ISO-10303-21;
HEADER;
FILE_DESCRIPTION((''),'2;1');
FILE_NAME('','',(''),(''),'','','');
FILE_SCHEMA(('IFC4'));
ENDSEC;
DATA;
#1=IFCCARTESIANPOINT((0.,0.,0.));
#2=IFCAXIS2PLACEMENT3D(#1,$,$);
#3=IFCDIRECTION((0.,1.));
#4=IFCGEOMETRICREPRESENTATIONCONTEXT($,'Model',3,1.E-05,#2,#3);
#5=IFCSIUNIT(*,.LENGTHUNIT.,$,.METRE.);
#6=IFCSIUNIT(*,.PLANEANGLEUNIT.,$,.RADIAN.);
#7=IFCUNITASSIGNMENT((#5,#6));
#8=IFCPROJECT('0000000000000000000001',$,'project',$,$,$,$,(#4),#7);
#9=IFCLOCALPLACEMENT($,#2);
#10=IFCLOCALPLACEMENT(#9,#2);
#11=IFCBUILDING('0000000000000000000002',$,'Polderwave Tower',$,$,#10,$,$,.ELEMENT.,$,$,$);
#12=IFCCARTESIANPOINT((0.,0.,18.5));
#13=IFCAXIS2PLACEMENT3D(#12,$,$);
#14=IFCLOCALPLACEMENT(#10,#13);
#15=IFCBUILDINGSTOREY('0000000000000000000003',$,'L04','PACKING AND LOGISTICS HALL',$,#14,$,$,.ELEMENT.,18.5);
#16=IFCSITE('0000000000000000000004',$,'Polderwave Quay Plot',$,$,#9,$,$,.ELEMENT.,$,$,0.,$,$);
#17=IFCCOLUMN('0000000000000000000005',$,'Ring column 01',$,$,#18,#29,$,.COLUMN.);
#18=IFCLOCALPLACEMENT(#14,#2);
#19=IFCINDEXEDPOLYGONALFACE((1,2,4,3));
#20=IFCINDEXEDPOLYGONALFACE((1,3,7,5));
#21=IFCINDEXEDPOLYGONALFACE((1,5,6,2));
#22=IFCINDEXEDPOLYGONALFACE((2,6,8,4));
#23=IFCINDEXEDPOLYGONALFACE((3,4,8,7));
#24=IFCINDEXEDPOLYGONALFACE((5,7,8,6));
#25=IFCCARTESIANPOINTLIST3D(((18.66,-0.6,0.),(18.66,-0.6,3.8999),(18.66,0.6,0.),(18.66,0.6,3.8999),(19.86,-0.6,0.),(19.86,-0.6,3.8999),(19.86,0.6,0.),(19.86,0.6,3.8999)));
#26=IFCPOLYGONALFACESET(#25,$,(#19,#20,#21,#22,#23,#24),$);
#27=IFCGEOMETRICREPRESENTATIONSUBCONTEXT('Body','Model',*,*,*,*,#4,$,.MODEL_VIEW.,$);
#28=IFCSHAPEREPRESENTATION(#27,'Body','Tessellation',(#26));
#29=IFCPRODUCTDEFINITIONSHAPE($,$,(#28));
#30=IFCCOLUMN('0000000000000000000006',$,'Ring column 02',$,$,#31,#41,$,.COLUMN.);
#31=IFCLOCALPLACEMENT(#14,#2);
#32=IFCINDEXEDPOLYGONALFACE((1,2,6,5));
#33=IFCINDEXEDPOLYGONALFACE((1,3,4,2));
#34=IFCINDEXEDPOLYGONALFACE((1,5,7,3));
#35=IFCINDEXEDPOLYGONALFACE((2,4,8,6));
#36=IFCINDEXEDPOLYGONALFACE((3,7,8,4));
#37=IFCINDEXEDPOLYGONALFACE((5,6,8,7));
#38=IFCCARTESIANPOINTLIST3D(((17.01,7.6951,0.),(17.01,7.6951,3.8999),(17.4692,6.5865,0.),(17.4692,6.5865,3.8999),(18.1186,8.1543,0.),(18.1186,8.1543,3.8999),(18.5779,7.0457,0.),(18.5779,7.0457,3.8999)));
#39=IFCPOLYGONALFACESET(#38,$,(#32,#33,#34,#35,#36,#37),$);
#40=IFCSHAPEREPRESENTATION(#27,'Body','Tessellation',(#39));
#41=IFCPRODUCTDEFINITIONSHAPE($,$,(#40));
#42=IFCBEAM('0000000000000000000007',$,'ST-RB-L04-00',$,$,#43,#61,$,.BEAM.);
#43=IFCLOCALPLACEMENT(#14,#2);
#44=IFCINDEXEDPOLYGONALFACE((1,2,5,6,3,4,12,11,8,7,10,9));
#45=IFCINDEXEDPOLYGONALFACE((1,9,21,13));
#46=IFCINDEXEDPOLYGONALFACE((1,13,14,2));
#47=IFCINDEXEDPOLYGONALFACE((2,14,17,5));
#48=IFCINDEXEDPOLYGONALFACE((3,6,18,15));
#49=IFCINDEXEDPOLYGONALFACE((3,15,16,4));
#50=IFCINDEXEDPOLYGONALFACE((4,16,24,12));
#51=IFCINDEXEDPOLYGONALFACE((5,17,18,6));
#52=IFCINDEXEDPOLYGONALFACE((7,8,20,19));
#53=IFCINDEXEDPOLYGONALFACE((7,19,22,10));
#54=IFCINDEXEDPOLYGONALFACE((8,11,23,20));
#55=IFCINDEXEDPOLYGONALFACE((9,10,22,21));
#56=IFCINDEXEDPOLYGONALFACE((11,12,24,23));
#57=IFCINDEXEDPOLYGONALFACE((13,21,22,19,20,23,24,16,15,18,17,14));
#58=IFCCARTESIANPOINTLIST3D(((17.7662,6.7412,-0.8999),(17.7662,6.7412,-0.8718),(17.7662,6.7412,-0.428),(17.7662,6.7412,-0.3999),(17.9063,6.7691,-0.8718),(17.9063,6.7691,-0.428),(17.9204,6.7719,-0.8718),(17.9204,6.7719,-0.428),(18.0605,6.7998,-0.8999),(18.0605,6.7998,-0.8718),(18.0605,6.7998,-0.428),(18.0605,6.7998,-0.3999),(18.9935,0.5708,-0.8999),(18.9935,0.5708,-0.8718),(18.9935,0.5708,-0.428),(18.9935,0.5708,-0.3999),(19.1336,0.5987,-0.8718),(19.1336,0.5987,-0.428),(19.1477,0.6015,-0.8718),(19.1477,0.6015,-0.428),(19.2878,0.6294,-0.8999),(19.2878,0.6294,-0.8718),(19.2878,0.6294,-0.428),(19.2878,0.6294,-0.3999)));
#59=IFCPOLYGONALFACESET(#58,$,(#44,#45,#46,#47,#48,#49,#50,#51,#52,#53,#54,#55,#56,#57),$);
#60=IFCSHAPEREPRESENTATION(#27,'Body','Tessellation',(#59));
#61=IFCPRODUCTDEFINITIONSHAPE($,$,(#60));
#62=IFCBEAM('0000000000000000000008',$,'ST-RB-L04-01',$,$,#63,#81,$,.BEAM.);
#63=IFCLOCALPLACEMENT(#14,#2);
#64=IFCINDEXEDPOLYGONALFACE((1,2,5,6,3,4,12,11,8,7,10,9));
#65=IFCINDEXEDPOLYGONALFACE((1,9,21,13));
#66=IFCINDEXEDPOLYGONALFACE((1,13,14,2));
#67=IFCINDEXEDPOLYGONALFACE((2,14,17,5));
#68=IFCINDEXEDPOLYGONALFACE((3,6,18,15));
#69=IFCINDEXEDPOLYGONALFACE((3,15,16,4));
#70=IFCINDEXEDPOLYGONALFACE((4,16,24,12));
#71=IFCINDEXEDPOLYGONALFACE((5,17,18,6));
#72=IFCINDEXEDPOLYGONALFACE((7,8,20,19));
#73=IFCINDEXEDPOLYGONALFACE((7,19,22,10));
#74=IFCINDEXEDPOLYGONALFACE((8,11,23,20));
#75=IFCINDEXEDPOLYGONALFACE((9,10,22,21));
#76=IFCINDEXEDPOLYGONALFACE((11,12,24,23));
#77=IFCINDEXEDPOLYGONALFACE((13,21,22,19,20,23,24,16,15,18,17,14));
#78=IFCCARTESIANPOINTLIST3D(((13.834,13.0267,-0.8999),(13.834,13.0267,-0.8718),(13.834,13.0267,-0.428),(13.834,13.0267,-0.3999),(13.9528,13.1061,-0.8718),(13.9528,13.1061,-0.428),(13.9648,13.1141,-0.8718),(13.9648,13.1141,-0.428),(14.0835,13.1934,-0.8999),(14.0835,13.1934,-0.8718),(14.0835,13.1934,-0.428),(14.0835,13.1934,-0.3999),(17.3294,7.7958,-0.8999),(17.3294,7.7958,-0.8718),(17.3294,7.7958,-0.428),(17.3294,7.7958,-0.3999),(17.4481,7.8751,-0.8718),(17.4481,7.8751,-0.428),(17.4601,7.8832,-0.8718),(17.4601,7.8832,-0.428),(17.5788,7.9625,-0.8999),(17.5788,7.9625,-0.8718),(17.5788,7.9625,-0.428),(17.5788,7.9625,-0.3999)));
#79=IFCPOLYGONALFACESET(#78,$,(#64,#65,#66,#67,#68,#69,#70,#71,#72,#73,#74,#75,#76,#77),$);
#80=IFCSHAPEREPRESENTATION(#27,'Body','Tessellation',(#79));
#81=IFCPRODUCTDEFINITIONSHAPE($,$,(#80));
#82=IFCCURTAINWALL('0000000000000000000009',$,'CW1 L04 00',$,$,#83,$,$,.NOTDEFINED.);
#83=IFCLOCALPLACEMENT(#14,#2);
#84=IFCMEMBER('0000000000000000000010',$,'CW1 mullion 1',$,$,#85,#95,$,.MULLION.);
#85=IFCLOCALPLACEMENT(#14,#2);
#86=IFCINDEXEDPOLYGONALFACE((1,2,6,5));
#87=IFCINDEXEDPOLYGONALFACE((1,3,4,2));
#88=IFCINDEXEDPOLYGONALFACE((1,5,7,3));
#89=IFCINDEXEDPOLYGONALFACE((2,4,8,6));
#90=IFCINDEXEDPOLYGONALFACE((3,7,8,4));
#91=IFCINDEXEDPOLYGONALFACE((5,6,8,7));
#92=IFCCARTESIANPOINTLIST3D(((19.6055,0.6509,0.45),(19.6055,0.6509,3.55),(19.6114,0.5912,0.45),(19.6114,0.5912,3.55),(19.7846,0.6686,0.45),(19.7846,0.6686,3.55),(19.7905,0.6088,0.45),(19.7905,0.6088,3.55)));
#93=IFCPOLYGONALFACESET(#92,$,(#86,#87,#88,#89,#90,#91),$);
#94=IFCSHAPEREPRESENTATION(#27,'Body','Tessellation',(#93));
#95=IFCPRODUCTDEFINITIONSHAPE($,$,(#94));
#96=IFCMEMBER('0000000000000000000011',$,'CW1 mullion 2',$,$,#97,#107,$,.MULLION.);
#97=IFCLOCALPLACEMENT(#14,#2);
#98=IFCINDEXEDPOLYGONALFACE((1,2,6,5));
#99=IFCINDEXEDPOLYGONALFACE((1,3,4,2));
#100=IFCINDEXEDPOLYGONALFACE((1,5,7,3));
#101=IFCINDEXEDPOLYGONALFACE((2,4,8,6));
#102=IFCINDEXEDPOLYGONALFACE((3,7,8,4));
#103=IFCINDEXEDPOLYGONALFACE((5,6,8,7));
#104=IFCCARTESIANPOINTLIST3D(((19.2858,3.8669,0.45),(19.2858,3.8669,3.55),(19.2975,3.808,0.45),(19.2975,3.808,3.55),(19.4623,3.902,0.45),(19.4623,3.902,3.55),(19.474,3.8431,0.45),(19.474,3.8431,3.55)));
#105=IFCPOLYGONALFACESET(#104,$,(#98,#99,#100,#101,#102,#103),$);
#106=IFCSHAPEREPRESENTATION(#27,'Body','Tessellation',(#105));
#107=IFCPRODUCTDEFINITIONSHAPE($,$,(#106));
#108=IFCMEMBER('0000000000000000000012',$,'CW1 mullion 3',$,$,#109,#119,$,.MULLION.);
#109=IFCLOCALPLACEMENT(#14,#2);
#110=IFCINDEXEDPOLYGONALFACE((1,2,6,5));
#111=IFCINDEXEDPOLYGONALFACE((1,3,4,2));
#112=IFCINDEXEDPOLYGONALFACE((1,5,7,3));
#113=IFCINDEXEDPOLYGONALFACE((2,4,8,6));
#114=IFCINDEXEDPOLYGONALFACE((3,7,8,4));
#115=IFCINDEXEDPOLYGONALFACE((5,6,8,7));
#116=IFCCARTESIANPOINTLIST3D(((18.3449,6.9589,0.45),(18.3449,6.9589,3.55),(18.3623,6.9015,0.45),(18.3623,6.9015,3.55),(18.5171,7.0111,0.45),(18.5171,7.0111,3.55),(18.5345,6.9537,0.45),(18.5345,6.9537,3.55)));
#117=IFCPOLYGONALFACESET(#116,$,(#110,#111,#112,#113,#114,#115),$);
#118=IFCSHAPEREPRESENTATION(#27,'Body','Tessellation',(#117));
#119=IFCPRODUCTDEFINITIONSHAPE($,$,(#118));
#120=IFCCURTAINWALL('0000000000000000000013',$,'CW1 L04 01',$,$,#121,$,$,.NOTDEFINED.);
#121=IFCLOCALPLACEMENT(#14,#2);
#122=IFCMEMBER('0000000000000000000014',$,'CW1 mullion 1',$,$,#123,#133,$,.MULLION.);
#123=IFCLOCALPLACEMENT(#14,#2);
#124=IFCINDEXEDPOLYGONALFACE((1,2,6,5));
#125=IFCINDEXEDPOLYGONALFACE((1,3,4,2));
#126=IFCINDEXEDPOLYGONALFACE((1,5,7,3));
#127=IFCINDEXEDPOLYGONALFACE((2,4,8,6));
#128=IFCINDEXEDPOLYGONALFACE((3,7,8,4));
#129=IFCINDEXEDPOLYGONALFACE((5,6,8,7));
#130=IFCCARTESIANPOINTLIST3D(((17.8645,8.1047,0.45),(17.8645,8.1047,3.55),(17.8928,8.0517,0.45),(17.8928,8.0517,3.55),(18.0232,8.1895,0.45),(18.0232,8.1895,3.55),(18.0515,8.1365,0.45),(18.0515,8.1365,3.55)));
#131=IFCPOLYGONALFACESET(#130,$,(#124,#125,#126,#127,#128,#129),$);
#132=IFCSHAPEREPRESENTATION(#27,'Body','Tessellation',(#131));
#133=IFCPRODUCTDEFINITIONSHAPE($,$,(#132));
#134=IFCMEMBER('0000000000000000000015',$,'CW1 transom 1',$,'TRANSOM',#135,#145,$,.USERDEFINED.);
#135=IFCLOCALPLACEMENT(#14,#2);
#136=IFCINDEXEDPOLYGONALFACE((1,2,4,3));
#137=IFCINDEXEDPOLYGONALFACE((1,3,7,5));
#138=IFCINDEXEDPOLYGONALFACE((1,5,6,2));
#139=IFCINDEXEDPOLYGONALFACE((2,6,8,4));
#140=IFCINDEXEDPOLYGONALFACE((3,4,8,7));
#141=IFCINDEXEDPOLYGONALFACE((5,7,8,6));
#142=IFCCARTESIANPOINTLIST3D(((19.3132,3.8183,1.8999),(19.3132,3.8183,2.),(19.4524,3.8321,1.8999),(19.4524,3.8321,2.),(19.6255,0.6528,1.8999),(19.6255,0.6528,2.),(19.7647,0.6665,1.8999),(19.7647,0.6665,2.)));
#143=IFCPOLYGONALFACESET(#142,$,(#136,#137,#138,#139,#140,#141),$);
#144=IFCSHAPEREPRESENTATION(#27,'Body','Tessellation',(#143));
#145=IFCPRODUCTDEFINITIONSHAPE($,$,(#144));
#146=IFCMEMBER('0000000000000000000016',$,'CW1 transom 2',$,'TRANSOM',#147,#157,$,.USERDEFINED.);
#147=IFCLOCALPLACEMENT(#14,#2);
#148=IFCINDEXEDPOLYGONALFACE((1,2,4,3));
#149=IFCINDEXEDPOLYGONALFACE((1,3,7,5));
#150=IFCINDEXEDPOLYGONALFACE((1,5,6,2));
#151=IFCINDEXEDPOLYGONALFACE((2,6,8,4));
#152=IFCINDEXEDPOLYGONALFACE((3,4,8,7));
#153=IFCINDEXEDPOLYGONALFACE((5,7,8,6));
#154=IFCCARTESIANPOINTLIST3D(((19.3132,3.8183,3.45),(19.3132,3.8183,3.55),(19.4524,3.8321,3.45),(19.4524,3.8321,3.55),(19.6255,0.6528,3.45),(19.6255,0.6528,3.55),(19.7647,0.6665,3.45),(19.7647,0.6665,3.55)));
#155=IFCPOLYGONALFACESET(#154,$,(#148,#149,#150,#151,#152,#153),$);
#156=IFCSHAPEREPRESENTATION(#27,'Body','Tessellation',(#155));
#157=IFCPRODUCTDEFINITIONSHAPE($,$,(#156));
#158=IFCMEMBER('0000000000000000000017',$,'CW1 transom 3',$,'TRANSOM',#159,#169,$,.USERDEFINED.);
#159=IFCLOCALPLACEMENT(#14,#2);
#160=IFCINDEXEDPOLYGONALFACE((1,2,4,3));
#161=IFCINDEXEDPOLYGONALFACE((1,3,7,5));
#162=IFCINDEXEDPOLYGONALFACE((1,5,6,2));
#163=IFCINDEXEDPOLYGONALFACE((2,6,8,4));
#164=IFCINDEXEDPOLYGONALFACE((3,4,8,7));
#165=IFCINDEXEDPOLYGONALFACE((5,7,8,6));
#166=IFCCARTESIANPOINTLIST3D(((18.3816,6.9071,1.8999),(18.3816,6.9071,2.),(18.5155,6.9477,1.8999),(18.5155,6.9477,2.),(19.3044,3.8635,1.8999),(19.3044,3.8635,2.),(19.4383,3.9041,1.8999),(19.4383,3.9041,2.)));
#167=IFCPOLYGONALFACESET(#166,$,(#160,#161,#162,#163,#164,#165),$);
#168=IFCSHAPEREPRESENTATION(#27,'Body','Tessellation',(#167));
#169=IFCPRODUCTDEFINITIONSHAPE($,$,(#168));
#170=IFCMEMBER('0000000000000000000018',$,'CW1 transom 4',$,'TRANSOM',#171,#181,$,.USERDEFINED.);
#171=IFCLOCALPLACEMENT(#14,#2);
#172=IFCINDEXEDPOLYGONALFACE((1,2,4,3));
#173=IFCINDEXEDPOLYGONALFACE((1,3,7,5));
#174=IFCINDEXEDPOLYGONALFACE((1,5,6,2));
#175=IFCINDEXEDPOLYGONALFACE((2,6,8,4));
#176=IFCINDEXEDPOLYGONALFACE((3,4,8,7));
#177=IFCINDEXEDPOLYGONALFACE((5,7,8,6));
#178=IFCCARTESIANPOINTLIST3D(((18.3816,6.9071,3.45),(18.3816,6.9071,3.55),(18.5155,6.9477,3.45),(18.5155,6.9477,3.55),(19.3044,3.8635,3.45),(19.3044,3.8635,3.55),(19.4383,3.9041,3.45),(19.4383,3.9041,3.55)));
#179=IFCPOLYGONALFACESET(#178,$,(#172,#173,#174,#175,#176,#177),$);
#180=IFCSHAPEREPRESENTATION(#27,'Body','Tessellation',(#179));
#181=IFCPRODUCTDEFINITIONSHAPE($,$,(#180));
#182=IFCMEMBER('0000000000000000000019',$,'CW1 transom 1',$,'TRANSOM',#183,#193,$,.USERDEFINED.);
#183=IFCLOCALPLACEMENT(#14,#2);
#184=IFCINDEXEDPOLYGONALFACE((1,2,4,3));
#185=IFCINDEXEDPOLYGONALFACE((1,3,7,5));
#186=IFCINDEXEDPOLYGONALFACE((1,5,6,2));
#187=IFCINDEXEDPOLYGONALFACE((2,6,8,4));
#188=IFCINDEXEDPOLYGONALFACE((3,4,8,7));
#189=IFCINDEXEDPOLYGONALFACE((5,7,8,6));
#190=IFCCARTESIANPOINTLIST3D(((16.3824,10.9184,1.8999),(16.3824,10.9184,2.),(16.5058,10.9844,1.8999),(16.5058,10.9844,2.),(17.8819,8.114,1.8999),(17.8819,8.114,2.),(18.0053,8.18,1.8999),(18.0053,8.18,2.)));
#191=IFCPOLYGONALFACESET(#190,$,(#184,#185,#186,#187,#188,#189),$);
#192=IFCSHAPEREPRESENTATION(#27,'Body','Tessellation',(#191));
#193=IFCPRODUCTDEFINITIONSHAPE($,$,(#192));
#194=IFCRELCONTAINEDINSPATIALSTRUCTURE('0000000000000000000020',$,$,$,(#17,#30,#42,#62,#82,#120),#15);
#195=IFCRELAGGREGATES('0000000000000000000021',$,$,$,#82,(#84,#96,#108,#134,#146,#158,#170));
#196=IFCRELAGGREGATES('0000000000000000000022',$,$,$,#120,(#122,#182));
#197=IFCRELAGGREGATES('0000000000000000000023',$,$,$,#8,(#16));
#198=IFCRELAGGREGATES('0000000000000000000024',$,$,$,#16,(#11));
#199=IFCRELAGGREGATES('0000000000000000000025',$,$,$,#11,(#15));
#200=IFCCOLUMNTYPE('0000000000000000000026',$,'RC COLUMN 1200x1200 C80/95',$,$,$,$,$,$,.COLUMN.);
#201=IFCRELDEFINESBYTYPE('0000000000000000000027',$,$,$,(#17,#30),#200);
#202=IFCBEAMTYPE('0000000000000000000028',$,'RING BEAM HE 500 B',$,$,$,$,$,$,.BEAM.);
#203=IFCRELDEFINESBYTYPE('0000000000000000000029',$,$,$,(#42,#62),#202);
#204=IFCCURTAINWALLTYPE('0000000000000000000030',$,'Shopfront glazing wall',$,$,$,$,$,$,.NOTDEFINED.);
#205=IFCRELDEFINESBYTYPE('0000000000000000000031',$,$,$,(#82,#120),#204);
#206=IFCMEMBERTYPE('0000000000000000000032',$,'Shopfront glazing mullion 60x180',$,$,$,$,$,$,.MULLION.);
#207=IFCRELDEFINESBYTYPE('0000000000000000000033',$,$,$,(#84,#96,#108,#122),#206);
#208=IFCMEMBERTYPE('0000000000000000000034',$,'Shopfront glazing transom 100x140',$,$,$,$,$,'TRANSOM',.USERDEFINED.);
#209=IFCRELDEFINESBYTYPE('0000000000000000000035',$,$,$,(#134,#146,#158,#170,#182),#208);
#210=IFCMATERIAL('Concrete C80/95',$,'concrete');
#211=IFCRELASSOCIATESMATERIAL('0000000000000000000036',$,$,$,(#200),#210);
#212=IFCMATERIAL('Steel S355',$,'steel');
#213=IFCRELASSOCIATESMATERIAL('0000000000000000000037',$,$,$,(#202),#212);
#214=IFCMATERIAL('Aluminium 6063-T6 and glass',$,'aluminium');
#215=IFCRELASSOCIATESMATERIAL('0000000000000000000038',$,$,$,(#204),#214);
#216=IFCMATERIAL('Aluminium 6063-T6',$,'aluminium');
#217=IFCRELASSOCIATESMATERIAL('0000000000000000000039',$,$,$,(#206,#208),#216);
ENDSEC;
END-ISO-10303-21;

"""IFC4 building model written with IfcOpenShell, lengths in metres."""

from ifc_helpers import new_model, si_unit, direction, frame, origin, origin_2d, place, context, subcontext, project, spatial, rectangle, i_section, extrude, material, material_profile, profile_set, type_object, element, aggregate, save


model = new_model("IFC4")

# Units and contexts
model_context = context("Model", 3, precision=1e-05, world=origin(), true_north=direction((0.0, 1.0)))
body_context = subcontext(model_context, "Body", "Model", "MODEL_VIEW")
ifc_project = project(units=[si_unit("LENGTHUNIT", "METRE"), si_unit("PLANEANGLEUNIT", "RADIAN")], contexts=[model_context])

# Site, building, storey
site_placement = place(None, origin())
site = spatial("IfcSite", under=ifc_project, at=site_placement, Name="Polderwave Quay Plot", CompositionType="ELEMENT", RefElevation=0.0)
building_placement = place(site_placement, origin())
building = spatial("IfcBuilding", under=site, at=building_placement, Name="Polderwave Tower", CompositionType="ELEMENT")
storey_placement = place(building_placement, frame((0.0, 0.0, 18.5)))
storey = spatial("IfcBuildingStorey", under=building, at=storey_placement, Name="L04", Description="PACKING AND LOGISTICS HALL", CompositionType="ELEMENT", Elevation=18.5)

# Columns
ifc_material_1 = material(Name="Concrete C80/95", Category="concrete")
ifc_material_profile_1 = material_profile(ifc_material_1, rectangle(XDim=1.2, YDim=1.2, at=origin_2d()), Name="RC 1200x1200")
ifc_profile_set_1 = profile_set([ifc_material_profile_1], Name="Concrete C80/95")
column_type = type_object("IfcColumnType", Name="RC COLUMN 1200x1200 C80/95", PredefinedType="COLUMN", material=ifc_profile_set_1)
for number, where, z_axis, x_axis, name in (
    (1, (19.26, 0.0, 0.0), (0.0, 0.0, 1.0), (1.0, 0.0, 0.0), "Ring column 01"),
    (2, (17.7939, 7.3704, 0.0), (0.0, 0.0, 1.0), (0.92388, 0.382683, 0.0), "Ring column 02"),
):
    element("IfcColumn", number, at=place(storey_placement, frame(where, z_axis=z_axis, x_axis=x_axis)), inside=storey, type_object=column_type, Name=name, PredefinedType="COLUMN", context=body_context, shape_type="SweptSolid", body=[
        extrude(rectangle(XDim=1.2, YDim=1.2, at=origin_2d()), origin(), (0.0, 0.0, 1.0), 3.8999),
    ])

# Beams
ifc_material_2 = material(Name="Steel S355", Category="steel")
ifc_material_profile_2 = material_profile(ifc_material_2, i_section(OverallWidth=0.3, OverallDepth=0.5, WebThickness=0.0144, FlangeThickness=0.0281, at=origin_2d()), Name="HE 500 B")
ifc_profile_set_2 = profile_set([ifc_material_profile_2], Name="Steel S355")
beam_type = type_object("IfcBeamType", Name="RING BEAM HE 500 B", PredefinedType="BEAM", material=ifc_profile_set_2)
for number, where, z_axis, x_axis, name in (
    (3, (19.1406, 0.6001, -0.6499), (-0.195079, 0.980788, 0.0), (-0.980788, -0.195079, 0.0), "ST-RB-L04-00"),
    (4, (17.4541, 7.8792, -0.6499), (-0.555586, 0.831459, 0.0), (-0.831459, -0.555586, 0.0), "ST-RB-L04-01"),
):
    element("IfcBeam", number, at=place(storey_placement, frame(where, z_axis=z_axis, x_axis=x_axis)), inside=storey, type_object=beam_type, Name=name, PredefinedType="BEAM", context=body_context, shape_type="SweptSolid", body=[
        extrude(i_section(OverallWidth=0.3, OverallDepth=0.5, WebThickness=0.0144, FlangeThickness=0.0281, at=origin_2d()), origin(), (0.0, 0.0, 1.0), 6.2913),
    ])

# Curtain wall, members
ifc_material_3 = material(Name="Aluminium 6063-T6 and glass", Category="aluminium")
curtain_wall_type = type_object("IfcCurtainWallType", Name="Shopfront glazing wall", PredefinedType="NOTDEFINED", material=ifc_material_3)
curtain_wall_1_placement = place(storey_placement, origin())
curtain_wall_1 = element("IfcCurtainWall", 5, at=curtain_wall_1_placement, inside=storey, type_object=curtain_wall_type, Name="CW1 L04 00", PredefinedType="NOTDEFINED")
ifc_material_4 = material(Name="Aluminium 6063-T6", Category="aluminium")
ifc_material_profile_3 = material_profile(ifc_material_4, rectangle(XDim=0.1799, YDim=0.0601, at=origin_2d()), Name="AL 60x180")
ifc_profile_set_3 = profile_set([ifc_material_profile_3], Name="Aluminium 6063-T6")
member_type_1 = type_object("IfcMemberType", Name="Shopfront glazing mullion 60x180", PredefinedType="MULLION", material=ifc_profile_set_3)
member_1_placement = place(storey_placement, frame((19.698, 0.6299, 0.45), z_axis=(0.0, 0.0, 1.0), x_axis=(-0.995172, -0.098142, 0.0)))
member_1 = element("IfcMember", 6, at=member_1_placement, type_object=member_type_1, Name="CW1 mullion 1", PredefinedType="MULLION", context=body_context, shape_type="SweptSolid", body=[
    extrude(rectangle(XDim=0.1799, YDim=0.0601, at=origin_2d()), origin(), (0.0, 0.0, 1.0), 3.1001),
])
member_2_placement = place(storey_placement, frame((19.3799, 3.855, 0.45), z_axis=(0.0, 0.0, 1.0), x_axis=(-0.980787, -0.195083, 0.0)))
member_2 = element("IfcMember", 7, at=member_2_placement, type_object=member_type_1, Name="CW1 mullion 2", PredefinedType="MULLION", context=body_context, shape_type="SweptSolid", body=[
    extrude(rectangle(XDim=0.1799, YDim=0.0601, at=origin_2d()), origin(), (0.0, 0.0, 1.0), 3.1001),
])
member_3_placement = place(storey_placement, frame((18.4397, 6.9563, 0.45), z_axis=(0.0, 0.0, 1.0), x_axis=(-0.956981, -0.290151, 0.0)))
member_3 = element("IfcMember", 8, at=member_3_placement, type_object=member_type_1, Name="CW1 mullion 3", PredefinedType="MULLION", context=body_context, shape_type="SweptSolid", body=[
    extrude(rectangle(XDim=0.1799, YDim=0.0601, at=origin_2d()), origin(), (0.0, 0.0, 1.0), 3.1001),
])

# Curtain wall, member
curtain_wall_2_placement = place(storey_placement, origin())
curtain_wall_2 = element("IfcCurtainWall", 9, at=curtain_wall_2_placement, inside=storey, type_object=curtain_wall_type, Name="CW1 L04 01", PredefinedType="NOTDEFINED")
member_4_placement = place(storey_placement, frame((17.958, 8.1206, 0.45), z_axis=(0.0, 0.0, 1.0), x_axis=(-0.881861, -0.471509, 0.0)))
member_4 = element("IfcMember", 10, at=member_4_placement, type_object=member_type_1, Name="CW1 mullion 1", PredefinedType="MULLION", context=body_context, shape_type="SweptSolid", body=[
    extrude(rectangle(XDim=0.1799, YDim=0.0601, at=origin_2d()), origin(), (0.0, 0.0, 1.0), 3.1001),
])

# Members
ifc_material_profile_4 = material_profile(ifc_material_4, rectangle(XDim=0.1399, YDim=0.1001, at=origin_2d()), Name="AL 100x140")
ifc_profile_set_4 = profile_set([ifc_material_profile_4], Name="Aluminium 6063-T6")
member_type_2 = type_object("IfcMemberType", Name="Shopfront glazing transom 100x140", ElementType="TRANSOM", PredefinedType="USERDEFINED", material=ifc_profile_set_4)
member_5_placement = place(storey_placement, frame((19.6951, 0.6597, 1.95), z_axis=(-0.098166, 0.99517, 0.0), x_axis=(-0.99517, -0.098166, 0.0)))
member_5 = element("IfcMember", 11, at=member_5_placement, type_object=member_type_2, Name="CW1 transom 1", ObjectType="TRANSOM", PredefinedType="USERDEFINED", context=body_context, shape_type="SweptSolid", body=[
    extrude(rectangle(XDim=0.1399, YDim=0.1001, at=origin_2d()), origin(), (0.0, 0.0, 1.0), 3.1809),
])
member_6_placement = place(storey_placement, frame((19.6951, 0.6597, 3.5), z_axis=(-0.098166, 0.99517, 0.0), x_axis=(-0.99517, -0.098166, 0.0)))
member_6 = element("IfcMember", 12, at=member_6_placement, type_object=member_type_2, Name="CW1 transom 2", ObjectType="TRANSOM", PredefinedType="USERDEFINED", context=body_context, shape_type="SweptSolid", body=[
    extrude(rectangle(XDim=0.1399, YDim=0.1001, at=origin_2d()), origin(), (0.0, 0.0, 1.0), 3.1809),
])
member_7_placement = place(storey_placement, frame((19.3713, 3.8838, 1.95), z_axis=(-0.290157, 0.956979, 0.0), x_axis=(-0.956979, -0.290157, 0.0)))
member_7 = element("IfcMember", 13, at=member_7_placement, type_object=member_type_2, Name="CW1 transom 3", ObjectType="TRANSOM", PredefinedType="USERDEFINED", context=body_context, shape_type="SweptSolid", body=[
    extrude(rectangle(XDim=0.1399, YDim=0.1001, at=origin_2d()), origin(), (0.0, 0.0, 1.0), 3.1804),
])
member_8_placement = place(storey_placement, frame((19.3713, 3.8838, 3.5), z_axis=(-0.290157, 0.956979, 0.0), x_axis=(-0.956979, -0.290157, 0.0)))
member_8 = element("IfcMember", 14, at=member_8_placement, type_object=member_type_2, Name="CW1 transom 4", ObjectType="TRANSOM", PredefinedType="USERDEFINED", context=body_context, shape_type="SweptSolid", body=[
    extrude(rectangle(XDim=0.1399, YDim=0.1001, at=origin_2d()), origin(), (0.0, 0.0, 1.0), 3.1804),
])
member_9_placement = place(storey_placement, frame((17.9436, 8.147, 1.95), z_axis=(-0.47152, 0.881855, 0.0), x_axis=(-0.881855, -0.47152, 0.0)))
member_9 = element("IfcMember", 15, at=member_9_placement, type_object=member_type_2, Name="CW1 transom 1", ObjectType="TRANSOM", PredefinedType="USERDEFINED", context=body_context, shape_type="SweptSolid", body=[
    extrude(rectangle(XDim=0.1399, YDim=0.1001, at=origin_2d()), origin(), (0.0, 0.0, 1.0), 3.1802),
])

aggregate(curtain_wall_1, [member_1, member_2, member_3, member_5, member_6, member_7, member_8])
aggregate(curtain_wall_2, [member_4, member_9])

save(model, "model.ifc")
